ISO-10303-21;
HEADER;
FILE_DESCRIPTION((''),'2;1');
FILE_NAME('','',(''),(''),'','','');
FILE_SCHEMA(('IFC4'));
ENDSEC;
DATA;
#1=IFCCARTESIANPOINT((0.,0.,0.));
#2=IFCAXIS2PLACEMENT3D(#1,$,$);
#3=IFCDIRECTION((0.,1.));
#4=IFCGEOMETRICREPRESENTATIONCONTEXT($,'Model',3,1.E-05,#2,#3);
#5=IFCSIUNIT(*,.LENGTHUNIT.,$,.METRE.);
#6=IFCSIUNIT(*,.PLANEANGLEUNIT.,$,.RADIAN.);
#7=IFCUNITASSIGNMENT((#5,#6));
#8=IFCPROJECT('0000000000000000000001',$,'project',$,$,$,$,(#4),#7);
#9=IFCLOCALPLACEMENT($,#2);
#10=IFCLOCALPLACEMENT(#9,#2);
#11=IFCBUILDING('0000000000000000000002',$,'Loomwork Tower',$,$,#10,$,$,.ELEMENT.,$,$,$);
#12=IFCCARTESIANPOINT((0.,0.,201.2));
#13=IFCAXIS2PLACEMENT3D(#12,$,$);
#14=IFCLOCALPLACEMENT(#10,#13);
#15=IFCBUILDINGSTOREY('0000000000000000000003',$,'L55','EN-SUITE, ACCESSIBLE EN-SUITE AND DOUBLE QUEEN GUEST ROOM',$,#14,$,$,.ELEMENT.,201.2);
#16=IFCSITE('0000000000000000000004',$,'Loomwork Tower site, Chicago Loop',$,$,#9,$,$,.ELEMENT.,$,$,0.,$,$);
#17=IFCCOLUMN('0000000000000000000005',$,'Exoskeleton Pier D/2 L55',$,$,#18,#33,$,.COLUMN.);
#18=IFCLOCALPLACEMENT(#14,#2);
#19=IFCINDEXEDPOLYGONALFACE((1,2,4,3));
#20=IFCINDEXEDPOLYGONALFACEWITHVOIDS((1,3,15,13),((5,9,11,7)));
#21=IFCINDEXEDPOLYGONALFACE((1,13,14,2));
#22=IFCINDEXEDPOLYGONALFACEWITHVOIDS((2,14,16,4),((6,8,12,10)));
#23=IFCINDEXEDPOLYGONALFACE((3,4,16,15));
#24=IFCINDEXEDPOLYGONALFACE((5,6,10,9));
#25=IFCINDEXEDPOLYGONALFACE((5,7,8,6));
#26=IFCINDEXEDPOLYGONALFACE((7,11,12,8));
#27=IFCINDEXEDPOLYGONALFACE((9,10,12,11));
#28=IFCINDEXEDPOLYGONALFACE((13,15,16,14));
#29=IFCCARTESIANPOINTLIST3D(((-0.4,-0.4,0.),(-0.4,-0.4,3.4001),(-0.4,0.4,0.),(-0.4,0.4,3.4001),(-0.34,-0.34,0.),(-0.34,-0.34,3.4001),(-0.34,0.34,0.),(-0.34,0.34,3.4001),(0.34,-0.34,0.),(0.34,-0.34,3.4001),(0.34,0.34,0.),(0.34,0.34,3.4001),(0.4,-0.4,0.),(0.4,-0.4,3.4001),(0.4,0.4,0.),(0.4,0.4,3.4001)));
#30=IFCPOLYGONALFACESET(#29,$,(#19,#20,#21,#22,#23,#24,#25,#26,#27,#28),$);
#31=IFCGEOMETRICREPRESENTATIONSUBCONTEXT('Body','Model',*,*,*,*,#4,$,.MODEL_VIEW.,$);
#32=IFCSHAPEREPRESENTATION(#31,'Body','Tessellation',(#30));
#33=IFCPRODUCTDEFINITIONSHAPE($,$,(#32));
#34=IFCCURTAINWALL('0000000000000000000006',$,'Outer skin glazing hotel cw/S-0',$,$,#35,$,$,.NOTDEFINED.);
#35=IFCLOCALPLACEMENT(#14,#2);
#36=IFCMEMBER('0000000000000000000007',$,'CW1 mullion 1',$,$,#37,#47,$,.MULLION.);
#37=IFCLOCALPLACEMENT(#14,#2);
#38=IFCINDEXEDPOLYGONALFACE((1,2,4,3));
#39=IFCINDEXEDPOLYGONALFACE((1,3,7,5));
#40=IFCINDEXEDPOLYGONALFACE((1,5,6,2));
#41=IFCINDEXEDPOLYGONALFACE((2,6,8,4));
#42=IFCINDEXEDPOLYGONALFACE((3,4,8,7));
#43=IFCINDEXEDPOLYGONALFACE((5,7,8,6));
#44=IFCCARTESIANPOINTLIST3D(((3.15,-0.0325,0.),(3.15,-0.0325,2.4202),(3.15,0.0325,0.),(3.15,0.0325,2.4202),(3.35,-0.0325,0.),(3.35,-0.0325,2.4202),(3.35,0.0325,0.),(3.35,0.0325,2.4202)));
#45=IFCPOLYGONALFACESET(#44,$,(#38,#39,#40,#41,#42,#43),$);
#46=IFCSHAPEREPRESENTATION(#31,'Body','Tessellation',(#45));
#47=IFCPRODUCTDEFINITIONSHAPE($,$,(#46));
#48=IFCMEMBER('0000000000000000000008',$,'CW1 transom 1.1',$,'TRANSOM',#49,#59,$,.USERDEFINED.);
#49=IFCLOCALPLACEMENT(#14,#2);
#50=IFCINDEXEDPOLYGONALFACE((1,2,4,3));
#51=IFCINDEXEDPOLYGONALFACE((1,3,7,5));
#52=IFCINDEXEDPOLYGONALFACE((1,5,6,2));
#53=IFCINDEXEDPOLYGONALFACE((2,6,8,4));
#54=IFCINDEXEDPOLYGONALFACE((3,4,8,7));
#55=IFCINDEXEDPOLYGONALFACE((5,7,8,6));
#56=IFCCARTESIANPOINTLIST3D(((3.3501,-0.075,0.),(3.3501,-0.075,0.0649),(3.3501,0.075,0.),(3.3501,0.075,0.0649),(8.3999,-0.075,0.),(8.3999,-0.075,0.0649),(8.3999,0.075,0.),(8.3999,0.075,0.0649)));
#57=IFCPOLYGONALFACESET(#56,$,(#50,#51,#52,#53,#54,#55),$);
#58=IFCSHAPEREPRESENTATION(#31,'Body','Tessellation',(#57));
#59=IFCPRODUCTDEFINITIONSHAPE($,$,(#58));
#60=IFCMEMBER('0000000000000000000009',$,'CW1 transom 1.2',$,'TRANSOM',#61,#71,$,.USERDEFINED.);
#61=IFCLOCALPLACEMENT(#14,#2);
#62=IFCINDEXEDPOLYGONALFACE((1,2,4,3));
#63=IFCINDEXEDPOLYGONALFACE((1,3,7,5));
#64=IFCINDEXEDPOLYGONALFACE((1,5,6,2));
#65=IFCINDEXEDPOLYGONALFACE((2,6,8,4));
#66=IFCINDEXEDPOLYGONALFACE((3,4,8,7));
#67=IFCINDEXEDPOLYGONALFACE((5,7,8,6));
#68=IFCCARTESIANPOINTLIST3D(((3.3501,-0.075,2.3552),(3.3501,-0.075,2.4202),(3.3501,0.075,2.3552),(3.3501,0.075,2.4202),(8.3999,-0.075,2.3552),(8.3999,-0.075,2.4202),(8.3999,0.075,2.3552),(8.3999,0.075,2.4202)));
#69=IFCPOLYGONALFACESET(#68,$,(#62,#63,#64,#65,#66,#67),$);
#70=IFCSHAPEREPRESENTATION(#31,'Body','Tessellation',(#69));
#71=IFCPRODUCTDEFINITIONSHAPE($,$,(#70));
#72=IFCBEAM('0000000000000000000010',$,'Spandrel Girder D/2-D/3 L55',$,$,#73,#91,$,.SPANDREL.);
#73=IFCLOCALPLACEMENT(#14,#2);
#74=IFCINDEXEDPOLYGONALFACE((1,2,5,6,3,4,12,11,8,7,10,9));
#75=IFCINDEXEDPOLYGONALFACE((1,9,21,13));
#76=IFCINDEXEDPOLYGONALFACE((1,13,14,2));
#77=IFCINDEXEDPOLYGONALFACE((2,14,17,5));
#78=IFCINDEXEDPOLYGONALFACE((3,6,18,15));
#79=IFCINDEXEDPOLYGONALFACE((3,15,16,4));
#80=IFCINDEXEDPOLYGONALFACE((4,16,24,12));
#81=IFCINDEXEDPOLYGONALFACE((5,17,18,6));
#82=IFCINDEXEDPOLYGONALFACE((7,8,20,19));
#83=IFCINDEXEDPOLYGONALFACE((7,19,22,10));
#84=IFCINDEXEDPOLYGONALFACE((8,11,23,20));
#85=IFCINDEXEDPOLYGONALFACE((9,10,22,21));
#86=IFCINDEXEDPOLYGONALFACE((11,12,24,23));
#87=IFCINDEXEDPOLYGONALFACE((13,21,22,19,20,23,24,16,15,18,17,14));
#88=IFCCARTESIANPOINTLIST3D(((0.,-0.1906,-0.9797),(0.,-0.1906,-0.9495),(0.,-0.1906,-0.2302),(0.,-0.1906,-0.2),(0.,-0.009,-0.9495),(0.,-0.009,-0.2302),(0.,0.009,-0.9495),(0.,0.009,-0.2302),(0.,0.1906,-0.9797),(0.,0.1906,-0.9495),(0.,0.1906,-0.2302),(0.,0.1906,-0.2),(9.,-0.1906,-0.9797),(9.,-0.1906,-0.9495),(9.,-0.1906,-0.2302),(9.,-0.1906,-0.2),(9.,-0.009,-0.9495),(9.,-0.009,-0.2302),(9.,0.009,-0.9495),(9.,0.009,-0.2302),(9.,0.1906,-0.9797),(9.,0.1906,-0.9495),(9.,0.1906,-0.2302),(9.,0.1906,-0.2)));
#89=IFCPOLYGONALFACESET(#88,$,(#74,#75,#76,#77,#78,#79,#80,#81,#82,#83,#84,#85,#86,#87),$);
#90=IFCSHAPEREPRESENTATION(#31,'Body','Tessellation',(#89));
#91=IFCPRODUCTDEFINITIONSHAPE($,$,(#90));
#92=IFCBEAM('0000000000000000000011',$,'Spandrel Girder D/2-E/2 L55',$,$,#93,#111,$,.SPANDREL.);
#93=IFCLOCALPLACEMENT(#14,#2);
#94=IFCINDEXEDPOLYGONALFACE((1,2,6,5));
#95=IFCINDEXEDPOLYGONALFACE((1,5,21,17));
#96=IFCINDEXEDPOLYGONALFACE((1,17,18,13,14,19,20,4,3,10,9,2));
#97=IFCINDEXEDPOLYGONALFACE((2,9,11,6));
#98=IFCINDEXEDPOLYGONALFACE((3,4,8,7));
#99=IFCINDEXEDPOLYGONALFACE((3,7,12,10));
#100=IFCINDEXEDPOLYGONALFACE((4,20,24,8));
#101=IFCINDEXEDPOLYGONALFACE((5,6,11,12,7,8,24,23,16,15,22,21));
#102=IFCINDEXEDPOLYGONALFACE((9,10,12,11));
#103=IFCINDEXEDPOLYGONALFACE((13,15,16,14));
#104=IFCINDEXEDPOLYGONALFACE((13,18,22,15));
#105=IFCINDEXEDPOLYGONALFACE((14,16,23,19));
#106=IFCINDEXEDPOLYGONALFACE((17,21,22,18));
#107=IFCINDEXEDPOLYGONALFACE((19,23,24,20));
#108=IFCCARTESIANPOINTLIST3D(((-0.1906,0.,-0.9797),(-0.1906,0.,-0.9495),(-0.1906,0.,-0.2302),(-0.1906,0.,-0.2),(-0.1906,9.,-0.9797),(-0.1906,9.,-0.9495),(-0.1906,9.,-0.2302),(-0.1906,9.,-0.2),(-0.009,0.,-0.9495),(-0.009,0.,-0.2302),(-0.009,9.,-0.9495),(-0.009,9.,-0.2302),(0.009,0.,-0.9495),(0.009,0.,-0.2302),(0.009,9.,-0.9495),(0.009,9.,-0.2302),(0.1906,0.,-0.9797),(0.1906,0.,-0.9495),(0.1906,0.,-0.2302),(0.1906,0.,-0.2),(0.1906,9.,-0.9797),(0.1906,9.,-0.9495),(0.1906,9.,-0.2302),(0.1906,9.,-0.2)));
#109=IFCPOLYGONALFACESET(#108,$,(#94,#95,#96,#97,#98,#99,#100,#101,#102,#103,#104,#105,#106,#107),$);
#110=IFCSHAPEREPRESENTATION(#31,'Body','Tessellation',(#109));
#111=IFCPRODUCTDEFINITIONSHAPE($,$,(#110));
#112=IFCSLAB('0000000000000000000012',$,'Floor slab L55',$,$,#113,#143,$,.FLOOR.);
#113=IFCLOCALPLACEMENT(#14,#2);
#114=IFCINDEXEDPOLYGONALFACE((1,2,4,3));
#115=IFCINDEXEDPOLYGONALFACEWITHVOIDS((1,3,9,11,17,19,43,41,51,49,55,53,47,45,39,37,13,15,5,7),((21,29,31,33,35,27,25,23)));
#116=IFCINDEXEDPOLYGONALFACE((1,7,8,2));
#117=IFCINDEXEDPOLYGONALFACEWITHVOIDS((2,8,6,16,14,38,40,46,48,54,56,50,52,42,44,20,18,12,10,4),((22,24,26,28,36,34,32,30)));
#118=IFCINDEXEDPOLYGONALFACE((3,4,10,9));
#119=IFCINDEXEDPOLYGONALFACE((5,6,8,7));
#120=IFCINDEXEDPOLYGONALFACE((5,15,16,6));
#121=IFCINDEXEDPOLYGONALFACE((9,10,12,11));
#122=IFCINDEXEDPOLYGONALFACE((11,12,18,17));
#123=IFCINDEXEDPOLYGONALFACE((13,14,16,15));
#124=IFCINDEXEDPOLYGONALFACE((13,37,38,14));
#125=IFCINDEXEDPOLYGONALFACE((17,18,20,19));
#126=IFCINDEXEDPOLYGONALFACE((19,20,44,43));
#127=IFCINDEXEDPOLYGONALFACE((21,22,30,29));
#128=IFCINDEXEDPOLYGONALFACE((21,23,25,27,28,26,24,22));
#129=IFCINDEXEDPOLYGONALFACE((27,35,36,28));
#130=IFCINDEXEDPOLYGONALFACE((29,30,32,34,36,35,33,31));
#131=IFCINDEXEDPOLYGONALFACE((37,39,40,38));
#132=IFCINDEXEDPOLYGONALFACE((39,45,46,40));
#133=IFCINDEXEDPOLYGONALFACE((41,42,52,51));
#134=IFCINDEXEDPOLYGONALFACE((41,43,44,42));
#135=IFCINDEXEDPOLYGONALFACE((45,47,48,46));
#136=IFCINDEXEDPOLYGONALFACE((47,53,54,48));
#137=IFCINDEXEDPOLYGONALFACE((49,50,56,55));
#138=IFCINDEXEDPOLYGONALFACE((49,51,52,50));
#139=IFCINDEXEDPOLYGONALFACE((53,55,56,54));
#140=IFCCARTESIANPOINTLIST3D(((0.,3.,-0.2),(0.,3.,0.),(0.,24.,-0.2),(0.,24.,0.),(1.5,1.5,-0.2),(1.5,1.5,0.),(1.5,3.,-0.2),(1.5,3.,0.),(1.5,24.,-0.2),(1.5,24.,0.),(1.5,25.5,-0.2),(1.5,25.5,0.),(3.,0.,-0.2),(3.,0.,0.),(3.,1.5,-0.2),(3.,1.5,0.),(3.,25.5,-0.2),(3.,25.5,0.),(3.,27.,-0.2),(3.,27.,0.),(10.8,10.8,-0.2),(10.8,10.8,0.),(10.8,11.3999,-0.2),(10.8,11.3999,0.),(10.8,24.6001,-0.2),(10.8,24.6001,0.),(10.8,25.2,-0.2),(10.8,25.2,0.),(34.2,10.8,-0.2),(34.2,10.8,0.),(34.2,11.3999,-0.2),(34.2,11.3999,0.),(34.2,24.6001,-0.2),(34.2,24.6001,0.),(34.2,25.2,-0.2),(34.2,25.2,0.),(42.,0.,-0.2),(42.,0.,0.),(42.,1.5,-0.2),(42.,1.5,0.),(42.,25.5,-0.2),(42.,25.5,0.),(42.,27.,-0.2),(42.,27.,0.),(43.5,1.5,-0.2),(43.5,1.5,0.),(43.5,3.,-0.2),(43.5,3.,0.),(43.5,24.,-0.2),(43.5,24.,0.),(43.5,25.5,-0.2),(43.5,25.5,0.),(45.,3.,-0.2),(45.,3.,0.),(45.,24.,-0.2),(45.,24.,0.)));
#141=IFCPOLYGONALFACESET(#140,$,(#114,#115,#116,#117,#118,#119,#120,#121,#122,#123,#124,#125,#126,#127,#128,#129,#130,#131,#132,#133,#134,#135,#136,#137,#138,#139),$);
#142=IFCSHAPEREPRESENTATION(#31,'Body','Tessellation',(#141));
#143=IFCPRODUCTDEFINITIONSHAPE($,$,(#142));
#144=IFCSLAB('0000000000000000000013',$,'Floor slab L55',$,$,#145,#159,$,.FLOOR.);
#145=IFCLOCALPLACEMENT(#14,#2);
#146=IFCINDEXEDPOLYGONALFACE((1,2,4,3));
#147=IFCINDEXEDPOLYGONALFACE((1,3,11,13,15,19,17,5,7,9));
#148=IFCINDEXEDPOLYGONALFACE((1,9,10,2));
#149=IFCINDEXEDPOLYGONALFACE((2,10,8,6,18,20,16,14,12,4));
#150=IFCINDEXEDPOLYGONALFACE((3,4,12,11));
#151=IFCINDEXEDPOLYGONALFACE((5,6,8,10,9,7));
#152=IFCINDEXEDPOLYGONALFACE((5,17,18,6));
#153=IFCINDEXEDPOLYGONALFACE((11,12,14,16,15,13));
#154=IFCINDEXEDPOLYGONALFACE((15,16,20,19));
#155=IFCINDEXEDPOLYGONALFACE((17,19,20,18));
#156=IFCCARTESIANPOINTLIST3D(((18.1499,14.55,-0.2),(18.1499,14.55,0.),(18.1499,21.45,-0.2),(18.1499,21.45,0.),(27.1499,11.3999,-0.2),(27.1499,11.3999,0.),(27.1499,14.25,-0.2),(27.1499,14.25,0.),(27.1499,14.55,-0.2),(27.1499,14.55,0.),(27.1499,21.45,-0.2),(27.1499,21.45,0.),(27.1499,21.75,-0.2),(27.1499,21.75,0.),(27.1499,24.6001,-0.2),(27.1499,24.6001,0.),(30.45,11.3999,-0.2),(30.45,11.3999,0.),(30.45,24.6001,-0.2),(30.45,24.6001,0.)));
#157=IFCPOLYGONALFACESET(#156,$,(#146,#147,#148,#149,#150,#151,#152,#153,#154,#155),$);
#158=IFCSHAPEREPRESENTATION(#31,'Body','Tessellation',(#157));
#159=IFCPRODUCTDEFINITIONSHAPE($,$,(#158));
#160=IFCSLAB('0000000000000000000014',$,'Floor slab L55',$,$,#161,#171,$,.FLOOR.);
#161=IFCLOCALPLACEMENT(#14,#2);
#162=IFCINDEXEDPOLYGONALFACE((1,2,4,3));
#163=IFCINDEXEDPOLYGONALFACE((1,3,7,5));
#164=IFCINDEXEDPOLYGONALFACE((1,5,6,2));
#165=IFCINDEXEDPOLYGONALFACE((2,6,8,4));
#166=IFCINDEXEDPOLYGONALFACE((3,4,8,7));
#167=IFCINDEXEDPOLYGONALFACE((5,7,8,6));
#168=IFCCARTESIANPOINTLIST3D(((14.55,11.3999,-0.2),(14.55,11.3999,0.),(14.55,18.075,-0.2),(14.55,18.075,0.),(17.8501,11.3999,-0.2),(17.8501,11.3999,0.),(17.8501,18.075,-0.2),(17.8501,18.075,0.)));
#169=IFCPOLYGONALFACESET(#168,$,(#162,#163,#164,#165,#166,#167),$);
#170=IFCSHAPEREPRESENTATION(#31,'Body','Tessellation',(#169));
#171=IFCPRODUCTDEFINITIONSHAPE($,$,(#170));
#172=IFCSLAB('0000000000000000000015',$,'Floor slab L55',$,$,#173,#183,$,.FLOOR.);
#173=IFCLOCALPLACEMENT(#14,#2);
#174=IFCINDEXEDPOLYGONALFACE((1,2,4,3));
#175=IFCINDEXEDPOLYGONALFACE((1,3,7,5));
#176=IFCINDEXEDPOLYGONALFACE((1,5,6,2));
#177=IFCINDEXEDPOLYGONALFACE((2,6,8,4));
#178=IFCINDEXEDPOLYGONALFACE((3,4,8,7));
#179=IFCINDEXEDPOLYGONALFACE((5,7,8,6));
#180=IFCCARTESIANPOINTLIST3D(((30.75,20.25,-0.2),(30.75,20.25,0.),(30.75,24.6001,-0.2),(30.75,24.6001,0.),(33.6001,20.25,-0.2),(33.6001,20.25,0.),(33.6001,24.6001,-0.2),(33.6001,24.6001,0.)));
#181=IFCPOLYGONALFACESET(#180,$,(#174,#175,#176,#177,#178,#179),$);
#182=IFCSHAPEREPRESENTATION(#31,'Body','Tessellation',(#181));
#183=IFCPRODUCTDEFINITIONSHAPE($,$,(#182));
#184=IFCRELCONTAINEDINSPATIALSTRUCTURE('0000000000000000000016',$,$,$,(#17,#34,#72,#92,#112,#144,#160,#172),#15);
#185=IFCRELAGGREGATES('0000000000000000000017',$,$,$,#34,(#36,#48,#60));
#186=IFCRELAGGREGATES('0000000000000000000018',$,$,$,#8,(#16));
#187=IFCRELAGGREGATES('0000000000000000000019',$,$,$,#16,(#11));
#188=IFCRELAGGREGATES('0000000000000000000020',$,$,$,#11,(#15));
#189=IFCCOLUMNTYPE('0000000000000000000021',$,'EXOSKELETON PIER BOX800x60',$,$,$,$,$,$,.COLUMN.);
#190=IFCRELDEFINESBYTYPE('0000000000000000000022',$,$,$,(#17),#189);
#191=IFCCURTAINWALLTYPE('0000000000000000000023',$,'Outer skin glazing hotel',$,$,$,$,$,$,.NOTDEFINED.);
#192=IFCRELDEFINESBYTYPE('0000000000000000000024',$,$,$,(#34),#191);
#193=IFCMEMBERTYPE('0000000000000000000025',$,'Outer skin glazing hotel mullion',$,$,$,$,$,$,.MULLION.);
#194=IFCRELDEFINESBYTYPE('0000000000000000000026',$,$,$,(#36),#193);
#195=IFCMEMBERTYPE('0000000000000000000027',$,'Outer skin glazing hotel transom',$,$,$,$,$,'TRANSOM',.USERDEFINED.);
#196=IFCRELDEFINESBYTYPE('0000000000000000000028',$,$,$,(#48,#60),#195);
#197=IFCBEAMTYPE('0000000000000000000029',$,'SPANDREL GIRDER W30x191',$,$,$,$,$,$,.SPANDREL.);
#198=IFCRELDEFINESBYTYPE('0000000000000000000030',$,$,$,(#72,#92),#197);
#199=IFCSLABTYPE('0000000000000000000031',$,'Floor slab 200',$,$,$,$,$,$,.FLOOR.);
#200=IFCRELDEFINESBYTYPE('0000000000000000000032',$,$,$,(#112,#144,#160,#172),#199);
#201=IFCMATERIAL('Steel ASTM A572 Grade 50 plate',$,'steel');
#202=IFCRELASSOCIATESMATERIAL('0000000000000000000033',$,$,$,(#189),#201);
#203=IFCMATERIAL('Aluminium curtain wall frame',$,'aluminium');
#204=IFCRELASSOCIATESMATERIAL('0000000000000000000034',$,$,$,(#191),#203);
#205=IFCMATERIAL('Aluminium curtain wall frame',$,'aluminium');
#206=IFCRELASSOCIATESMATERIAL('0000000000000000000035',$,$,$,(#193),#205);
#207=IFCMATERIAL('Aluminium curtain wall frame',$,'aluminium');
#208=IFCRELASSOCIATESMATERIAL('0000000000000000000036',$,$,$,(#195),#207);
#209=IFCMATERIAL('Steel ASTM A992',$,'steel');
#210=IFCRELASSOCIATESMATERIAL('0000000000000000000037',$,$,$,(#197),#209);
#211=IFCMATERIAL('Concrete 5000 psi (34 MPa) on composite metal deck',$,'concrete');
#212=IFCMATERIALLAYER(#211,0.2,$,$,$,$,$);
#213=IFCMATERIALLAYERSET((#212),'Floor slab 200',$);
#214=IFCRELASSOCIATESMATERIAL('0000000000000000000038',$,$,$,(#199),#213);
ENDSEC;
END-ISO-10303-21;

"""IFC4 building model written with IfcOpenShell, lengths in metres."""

from ifc_helpers import new_model, si_unit, direction, frame, origin, origin_with_axes, origin_2d, place, context, subcontext, project, spatial, polyline, rectangle, hollow_rectangle, i_section, outline, extrude, material, layer, layer_set, material_profile, profile_set, type_object, element, aggregate, save


model = new_model("IFC4")

# Units and contexts
model_context = context("Model", 3, precision=1e-05, world=origin(), true_north=direction((0.0, 1.0)))
body_context = subcontext(model_context, "Body", "Model", "MODEL_VIEW")
ifc_project = project(units=[si_unit("LENGTHUNIT", "METRE"), si_unit("PLANEANGLEUNIT", "RADIAN")], contexts=[model_context])

# Site, building, storey
site_placement = place(None, origin())
site = spatial("IfcSite", under=ifc_project, at=site_placement, Name="Loomwork Tower site, Chicago Loop", CompositionType="ELEMENT", RefElevation=0.0)
building_placement = place(site_placement, origin())
building = spatial("IfcBuilding", under=site, at=building_placement, Name="Loomwork Tower", CompositionType="ELEMENT")
storey_placement = place(building_placement, frame((0.0, 0.0, 201.2)))
storey = spatial("IfcBuildingStorey", under=building, at=storey_placement, Name="L55", Description="EN-SUITE, ACCESSIBLE EN-SUITE AND DOUBLE QUEEN GUEST ROOM", CompositionType="ELEMENT", Elevation=201.2)

# Column
ifc_material_1 = material(Name="Steel ASTM A572 Grade 50 plate", Category="steel")
ifc_material_profile_1 = material_profile(ifc_material_1, hollow_rectangle(XDim=0.8, YDim=0.8, WallThickness=0.0601, at=origin_2d()), Name="BOX800x60")
ifc_profile_set_1 = profile_set([ifc_material_profile_1], Name="Steel ASTM A572 Grade 50 plate")
column_type = type_object("IfcColumnType", Name="EXOSKELETON PIER BOX800x60", PredefinedType="COLUMN", material=ifc_profile_set_1)
column_placement = place(storey_placement, origin_with_axes())
element("IfcColumn", 1, at=column_placement, inside=storey, type_object=column_type, Name="Exoskeleton Pier D/2 L55", PredefinedType="COLUMN", context=body_context, shape_type="SweptSolid", body=[
    extrude(hollow_rectangle(XDim=0.8, YDim=0.8, WallThickness=0.0601, at=origin_2d()), origin(), (0.0, 0.0, 1.0), 3.4001),
])

# Curtain wall, members
ifc_material_2 = material(Name="Aluminium curtain wall frame", Category="aluminium")
curtain_wall_type = type_object("IfcCurtainWallType", Name="Outer skin glazing hotel", PredefinedType="NOTDEFINED", material=ifc_material_2)
curtain_wall_placement = place(storey_placement, origin())
curtain_wall = element("IfcCurtainWall", 2, at=curtain_wall_placement, inside=storey, type_object=curtain_wall_type, Name="Outer skin glazing hotel cw/S-0", PredefinedType="NOTDEFINED")
ifc_material_3 = material(Name="Aluminium curtain wall frame", Category="aluminium")
ifc_material_profile_2 = material_profile(ifc_material_3, rectangle(XDim=0.0649, YDim=0.2, at=origin_2d()), Name="AL 65x200")
ifc_profile_set_2 = profile_set([ifc_material_profile_2], Name="Aluminium curtain wall frame")
member_type_1 = type_object("IfcMemberType", Name="Outer skin glazing hotel mullion", PredefinedType="MULLION", material=ifc_profile_set_2)
member_1_placement = place(storey_placement, frame((3.25, 0.0, 0.0), z_axis=(0.0, 0.0, 1.0), x_axis=(0.0, 1.0, 0.0)))
member_1 = element("IfcMember", 3, at=member_1_placement, type_object=member_type_1, Name="CW1 mullion 1", PredefinedType="MULLION", context=body_context, shape_type="SweptSolid", body=[
    extrude(rectangle(XDim=0.0649, YDim=0.2, at=origin_2d()), origin(), (0.0, 0.0, 1.0), 2.4202),
])
ifc_material_4 = material(Name="Aluminium curtain wall frame", Category="aluminium")
ifc_material_profile_3 = material_profile(ifc_material_4, rectangle(XDim=0.1499, YDim=0.0649, at=origin_2d()), Name="AL 65x150")
ifc_profile_set_3 = profile_set([ifc_material_profile_3], Name="Aluminium curtain wall frame")
member_type_2 = type_object("IfcMemberType", Name="Outer skin glazing hotel transom", ElementType="TRANSOM", PredefinedType="USERDEFINED", material=ifc_profile_set_3)
member_2_placement = place(storey_placement, frame((3.3501, 0.0, 0.0325), z_axis=(1.0, 0.0, 0.0), x_axis=(0.0, 1.0, 0.0)))
member_2 = element("IfcMember", 4, at=member_2_placement, type_object=member_type_2, Name="CW1 transom 1.1", ObjectType="TRANSOM", PredefinedType="USERDEFINED", context=body_context, shape_type="SweptSolid", body=[
    extrude(rectangle(XDim=0.1499, YDim=0.0649, at=origin_2d()), origin(), (0.0, 0.0, 1.0), 5.0498),
])
member_3_placement = place(storey_placement, frame((3.3501, 0.0, 2.3877), z_axis=(1.0, 0.0, 0.0), x_axis=(0.0, 1.0, 0.0)))
member_3 = element("IfcMember", 5, at=member_3_placement, type_object=member_type_2, Name="CW1 transom 1.2", ObjectType="TRANSOM", PredefinedType="USERDEFINED", context=body_context, shape_type="SweptSolid", body=[
    extrude(rectangle(XDim=0.1499, YDim=0.0649, at=origin_2d()), origin(), (0.0, 0.0, 1.0), 5.0498),
])
aggregate(curtain_wall, [member_1, member_2, member_3])

# Beams
ifc_material_5 = material(Name="Steel ASTM A992", Category="steel")
ifc_material_profile_4 = material_profile(ifc_material_5, i_section(OverallWidth=0.3811, OverallDepth=0.7798, WebThickness=0.0181, FlangeThickness=0.0303, at=origin_2d()), Name="W30x191")
ifc_profile_set_4 = profile_set([ifc_material_profile_4], Name="Steel ASTM A992")
beam_type = type_object("IfcBeamType", Name="SPANDREL GIRDER W30x191", PredefinedType="SPANDREL", material=ifc_profile_set_4)
for number, where, z_axis, x_axis, name in (
    (6, (0.0, 0.0, -0.5898), (1.0, 0.0, 0.0), (0.0, 1.0, 0.0), "Spandrel Girder D/2-D/3 L55"),
    (7, (0.0, 0.0, -0.5898), (0.0, 1.0, 0.0), (-1.0, 0.0, 0.0), "Spandrel Girder D/2-E/2 L55"),
):
    element("IfcBeam", number, at=place(storey_placement, frame(where, z_axis=z_axis, x_axis=x_axis)), inside=storey, type_object=beam_type, Name=name, PredefinedType="SPANDREL", context=body_context, shape_type="SweptSolid", body=[
        extrude(i_section(OverallWidth=0.3811, OverallDepth=0.7798, WebThickness=0.0181, FlangeThickness=0.0303, at=origin_2d()), origin(), (0.0, 0.0, 1.0), 9.0),
    ])

# Slabs
ifc_material_6 = material(Name="Concrete 5000 psi (34 MPa) on composite metal deck", Category="concrete")
ifc_layer_1 = layer(ifc_material_6, 0.2)
ifc_layer_set_1 = layer_set([ifc_layer_1], Name="Floor slab 200")
slab_type_1 = type_object("IfcSlabType", Name="Floor slab 200", PredefinedType="FLOOR", material=ifc_layer_set_1)
slab_1_placement = place(storey_placement, frame((0.0, 0.0, -0.2)))
element("IfcSlab", 8, at=slab_1_placement, inside=storey, type_object=slab_type_1, Name="Floor slab L55", PredefinedType="FLOOR", context=body_context, shape_type="SweptSolid", body=[
    extrude(outline(polyline([(3.0, 1.5), (1.5, 1.5), (1.5, 3.0), (0.0, 3.0), (0.0, 24.0), (1.5, 24.0), (1.5, 25.5), (3.0, 25.5), (3.0, 27.0), (42.0, 27.0), (42.0, 25.5), (43.5, 25.5), (43.5, 24.0), (45.0, 24.0), (45.0, 3.0), (43.5, 3.0), (43.5, 1.5), (42.0, 1.5), (42.0, 0.0), (3.0, 0.0), (3.0, 1.5)]), holes=[polyline([(10.8, 11.3999), (10.8, 11.3999), (10.8, 10.8), (34.2, 10.8), (34.2, 11.3999), (34.2, 11.3999), (34.2, 24.6001), (34.2, 25.2), (10.8, 25.2), (10.8, 24.6001), (10.8, 11.3999)])]), origin(), (0.0, 0.0, 1.0), 0.2),
])
slab_2_placement = place(storey_placement, frame((0.0, 0.0, -0.2)))
element("IfcSlab", 9, at=slab_2_placement, inside=storey, type_object=slab_type_1, Name="Floor slab L55", PredefinedType="FLOOR", context=body_context, shape_type="SweptSolid", body=[
    extrude(outline(polyline([(30.45, 24.6001), (30.45, 11.3999), (27.1499, 11.3999), (27.1499, 14.25), (27.1499, 14.55), (18.1499, 14.55), (18.1499, 21.45), (27.1499, 21.45), (27.1499, 21.75), (27.1499, 24.6001), (30.45, 24.6001)])), origin(), (0.0, 0.0, 1.0), 0.2),
])
slab_3_placement = place(storey_placement, frame((0.0, 0.0, -0.2)))
element("IfcSlab", 10, at=slab_3_placement, inside=storey, type_object=slab_type_1, Name="Floor slab L55", PredefinedType="FLOOR", context=body_context, shape_type="SweptSolid", body=[
    extrude(outline(polyline([(14.55, 11.3999), (14.55, 18.075), (17.8501, 18.075), (17.8501, 11.3999), (14.55, 11.3999)])), origin(), (0.0, 0.0, 1.0), 0.2),
])
slab_4_placement = place(storey_placement, frame((0.0, 0.0, -0.2)))
element("IfcSlab", 11, at=slab_4_placement, inside=storey, type_object=slab_type_1, Name="Floor slab L55", PredefinedType="FLOOR", context=body_context, shape_type="SweptSolid", body=[
    extrude(outline(polyline([(33.6001, 20.25), (30.75, 20.25), (30.75, 24.6001), (33.6001, 24.6001), (33.6001, 20.25)])), origin(), (0.0, 0.0, 1.0), 0.2),
])

save(model, "model.ifc")
